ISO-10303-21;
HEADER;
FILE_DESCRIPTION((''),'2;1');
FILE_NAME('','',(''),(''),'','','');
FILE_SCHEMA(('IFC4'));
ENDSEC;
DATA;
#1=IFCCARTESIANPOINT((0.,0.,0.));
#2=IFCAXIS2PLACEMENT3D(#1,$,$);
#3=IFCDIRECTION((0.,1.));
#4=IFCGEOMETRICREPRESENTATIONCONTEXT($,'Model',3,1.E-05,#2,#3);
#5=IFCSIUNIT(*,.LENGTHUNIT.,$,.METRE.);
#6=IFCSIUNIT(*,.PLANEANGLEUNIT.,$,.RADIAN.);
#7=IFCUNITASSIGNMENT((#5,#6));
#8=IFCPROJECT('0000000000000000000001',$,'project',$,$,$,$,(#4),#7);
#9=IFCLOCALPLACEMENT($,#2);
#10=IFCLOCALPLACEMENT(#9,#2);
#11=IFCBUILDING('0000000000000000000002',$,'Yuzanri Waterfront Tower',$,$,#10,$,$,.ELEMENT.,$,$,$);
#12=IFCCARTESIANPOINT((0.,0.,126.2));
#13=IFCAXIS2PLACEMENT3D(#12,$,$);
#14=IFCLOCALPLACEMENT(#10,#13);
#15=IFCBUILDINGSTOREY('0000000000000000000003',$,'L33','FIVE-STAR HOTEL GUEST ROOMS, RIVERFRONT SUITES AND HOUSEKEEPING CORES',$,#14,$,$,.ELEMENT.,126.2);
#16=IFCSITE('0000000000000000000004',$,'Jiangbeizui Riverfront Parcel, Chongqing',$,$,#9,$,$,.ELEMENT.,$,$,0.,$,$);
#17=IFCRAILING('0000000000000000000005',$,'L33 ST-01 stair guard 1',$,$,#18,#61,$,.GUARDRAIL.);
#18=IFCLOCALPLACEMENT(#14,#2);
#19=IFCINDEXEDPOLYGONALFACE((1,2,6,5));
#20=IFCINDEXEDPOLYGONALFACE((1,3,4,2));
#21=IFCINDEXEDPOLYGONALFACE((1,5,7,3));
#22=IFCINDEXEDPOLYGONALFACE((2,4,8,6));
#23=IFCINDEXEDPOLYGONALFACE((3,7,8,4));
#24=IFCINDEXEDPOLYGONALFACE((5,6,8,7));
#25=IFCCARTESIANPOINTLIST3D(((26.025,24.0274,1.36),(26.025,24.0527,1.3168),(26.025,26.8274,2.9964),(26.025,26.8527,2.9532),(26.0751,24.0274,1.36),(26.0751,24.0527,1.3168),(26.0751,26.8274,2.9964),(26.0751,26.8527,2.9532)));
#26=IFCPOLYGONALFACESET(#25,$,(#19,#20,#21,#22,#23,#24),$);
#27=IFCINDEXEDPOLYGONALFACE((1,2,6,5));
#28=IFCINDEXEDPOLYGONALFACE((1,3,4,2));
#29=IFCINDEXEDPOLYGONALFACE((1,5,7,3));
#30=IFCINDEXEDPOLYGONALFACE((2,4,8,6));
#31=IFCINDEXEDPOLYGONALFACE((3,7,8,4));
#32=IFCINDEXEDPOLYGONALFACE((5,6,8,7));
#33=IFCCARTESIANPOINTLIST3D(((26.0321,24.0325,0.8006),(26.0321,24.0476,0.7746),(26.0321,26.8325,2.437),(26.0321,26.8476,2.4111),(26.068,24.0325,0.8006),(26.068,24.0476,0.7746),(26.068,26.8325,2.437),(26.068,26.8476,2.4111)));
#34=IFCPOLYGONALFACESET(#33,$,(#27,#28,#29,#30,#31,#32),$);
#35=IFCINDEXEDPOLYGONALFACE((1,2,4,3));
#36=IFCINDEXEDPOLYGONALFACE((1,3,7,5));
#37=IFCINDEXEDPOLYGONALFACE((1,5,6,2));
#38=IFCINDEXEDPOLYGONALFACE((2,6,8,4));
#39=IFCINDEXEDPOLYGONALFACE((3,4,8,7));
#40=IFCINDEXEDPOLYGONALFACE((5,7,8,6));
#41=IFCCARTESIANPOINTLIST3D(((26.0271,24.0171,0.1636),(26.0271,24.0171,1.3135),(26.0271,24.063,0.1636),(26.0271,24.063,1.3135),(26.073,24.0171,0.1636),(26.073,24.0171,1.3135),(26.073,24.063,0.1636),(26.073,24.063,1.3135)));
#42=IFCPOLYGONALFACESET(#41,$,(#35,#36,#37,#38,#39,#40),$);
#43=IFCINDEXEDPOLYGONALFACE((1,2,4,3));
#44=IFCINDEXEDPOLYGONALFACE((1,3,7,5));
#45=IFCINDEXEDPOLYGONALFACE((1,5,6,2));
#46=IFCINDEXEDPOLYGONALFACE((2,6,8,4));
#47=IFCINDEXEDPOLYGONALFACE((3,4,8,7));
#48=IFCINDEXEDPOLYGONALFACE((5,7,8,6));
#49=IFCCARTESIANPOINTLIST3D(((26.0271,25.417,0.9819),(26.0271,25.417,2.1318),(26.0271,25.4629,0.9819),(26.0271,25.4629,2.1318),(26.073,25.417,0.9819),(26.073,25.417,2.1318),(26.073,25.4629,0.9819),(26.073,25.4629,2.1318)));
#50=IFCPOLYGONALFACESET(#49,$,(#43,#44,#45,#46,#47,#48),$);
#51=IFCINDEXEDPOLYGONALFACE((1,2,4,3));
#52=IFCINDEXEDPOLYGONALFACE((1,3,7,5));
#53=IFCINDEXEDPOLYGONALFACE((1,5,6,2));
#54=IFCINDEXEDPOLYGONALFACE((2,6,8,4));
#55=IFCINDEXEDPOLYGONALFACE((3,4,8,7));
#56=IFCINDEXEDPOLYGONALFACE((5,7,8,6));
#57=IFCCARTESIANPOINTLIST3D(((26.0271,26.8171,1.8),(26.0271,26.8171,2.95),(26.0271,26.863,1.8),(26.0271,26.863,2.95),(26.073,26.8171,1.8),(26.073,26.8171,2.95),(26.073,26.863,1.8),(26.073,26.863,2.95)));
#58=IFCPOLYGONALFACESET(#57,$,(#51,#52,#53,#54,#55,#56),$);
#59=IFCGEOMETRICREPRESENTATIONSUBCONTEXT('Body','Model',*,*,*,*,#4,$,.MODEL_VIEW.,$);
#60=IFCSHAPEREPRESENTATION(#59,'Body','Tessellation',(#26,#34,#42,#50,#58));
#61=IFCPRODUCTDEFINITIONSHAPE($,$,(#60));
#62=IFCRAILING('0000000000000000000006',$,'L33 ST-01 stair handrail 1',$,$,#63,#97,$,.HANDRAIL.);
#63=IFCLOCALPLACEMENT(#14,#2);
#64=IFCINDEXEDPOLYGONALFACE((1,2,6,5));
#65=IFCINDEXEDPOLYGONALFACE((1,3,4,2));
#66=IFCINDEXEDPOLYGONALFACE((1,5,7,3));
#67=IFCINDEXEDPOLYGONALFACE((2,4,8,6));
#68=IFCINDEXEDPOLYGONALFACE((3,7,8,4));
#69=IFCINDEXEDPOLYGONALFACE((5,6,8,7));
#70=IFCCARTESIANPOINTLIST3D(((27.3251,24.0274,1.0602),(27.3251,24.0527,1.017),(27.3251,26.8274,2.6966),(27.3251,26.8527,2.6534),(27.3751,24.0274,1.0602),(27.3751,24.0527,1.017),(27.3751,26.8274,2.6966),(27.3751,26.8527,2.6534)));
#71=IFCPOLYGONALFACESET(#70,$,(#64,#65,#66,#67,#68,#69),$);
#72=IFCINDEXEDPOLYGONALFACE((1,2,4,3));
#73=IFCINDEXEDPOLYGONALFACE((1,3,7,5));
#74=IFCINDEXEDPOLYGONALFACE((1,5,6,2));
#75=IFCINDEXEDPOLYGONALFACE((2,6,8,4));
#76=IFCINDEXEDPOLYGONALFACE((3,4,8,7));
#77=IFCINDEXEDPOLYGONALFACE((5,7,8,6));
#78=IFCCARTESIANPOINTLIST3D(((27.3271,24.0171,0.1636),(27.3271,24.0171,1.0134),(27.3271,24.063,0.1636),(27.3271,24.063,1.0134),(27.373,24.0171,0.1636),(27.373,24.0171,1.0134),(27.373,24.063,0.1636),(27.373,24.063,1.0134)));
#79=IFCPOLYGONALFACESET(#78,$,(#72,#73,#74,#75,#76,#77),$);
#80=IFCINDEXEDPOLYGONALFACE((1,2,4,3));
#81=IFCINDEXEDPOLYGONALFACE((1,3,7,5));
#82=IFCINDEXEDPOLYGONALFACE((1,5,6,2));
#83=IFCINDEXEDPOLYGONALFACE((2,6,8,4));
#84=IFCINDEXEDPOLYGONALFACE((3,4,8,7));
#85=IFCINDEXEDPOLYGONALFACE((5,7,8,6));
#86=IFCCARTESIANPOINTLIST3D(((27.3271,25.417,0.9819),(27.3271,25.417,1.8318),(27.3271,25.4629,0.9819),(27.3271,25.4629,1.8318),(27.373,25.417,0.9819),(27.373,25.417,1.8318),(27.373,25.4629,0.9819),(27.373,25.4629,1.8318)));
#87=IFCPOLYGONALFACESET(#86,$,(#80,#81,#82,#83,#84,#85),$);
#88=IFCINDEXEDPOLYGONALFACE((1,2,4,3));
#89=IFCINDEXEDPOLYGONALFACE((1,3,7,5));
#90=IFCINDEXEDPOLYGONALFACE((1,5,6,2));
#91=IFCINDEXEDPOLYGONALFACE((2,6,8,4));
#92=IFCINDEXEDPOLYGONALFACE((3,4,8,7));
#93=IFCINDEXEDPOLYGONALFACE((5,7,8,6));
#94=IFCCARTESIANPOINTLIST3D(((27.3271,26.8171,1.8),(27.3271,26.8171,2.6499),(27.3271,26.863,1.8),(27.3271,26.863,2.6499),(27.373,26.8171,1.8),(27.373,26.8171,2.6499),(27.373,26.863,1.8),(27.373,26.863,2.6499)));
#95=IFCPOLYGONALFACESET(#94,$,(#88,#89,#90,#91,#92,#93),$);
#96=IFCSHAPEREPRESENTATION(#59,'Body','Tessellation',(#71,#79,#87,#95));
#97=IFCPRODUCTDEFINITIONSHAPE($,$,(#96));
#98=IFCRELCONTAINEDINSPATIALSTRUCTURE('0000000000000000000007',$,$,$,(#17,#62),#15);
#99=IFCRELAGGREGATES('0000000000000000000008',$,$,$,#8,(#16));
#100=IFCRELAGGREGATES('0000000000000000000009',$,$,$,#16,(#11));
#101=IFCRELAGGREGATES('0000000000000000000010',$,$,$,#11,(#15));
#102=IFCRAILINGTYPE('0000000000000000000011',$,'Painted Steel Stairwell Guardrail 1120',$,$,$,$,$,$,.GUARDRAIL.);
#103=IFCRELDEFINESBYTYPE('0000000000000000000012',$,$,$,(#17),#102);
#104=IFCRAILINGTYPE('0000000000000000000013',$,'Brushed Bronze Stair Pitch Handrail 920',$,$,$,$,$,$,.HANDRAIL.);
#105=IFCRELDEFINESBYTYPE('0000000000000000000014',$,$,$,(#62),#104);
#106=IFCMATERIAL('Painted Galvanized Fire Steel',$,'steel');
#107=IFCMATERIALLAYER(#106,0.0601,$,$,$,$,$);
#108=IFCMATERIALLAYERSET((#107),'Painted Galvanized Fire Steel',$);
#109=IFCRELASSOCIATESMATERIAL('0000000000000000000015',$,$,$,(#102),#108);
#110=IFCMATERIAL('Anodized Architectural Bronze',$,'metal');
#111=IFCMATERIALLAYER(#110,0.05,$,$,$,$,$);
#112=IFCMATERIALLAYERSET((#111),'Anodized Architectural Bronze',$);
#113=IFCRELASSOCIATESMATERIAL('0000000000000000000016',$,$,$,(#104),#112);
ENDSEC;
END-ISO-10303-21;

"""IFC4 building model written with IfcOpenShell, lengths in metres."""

from ifc_helpers import new_model, si_unit, direction, frame, origin, origin_2d, place, context, subcontext, project, spatial, rectangle, extrude, source, transform, mapped, material, layer, layer_set, type_object, element, save


model = new_model("IFC4")

# Units and contexts
model_context = context("Model", 3, precision=1e-05, world=origin(), true_north=direction((0.0, 1.0)))
body_context = subcontext(model_context, "Body", "Model", "MODEL_VIEW")
ifc_project = project(units=[si_unit("LENGTHUNIT", "METRE"), si_unit("PLANEANGLEUNIT", "RADIAN")], contexts=[model_context])

# Site, building, storey
site_placement = place(None, origin())
site = spatial("IfcSite", under=ifc_project, at=site_placement, Name="Jiangbeizui Riverfront Parcel, Chongqing", CompositionType="ELEMENT", RefElevation=0.0)
building_placement = place(site_placement, origin())
building = spatial("IfcBuilding", under=site, at=building_placement, Name="Yuzanri Waterfront Tower", CompositionType="ELEMENT")
storey_placement = place(building_placement, frame((0.0, 0.0, 126.2)))
storey = spatial("IfcBuildingStorey", under=building, at=storey_placement, Name="L33", Description="FIVE-STAR HOTEL GUEST ROOMS, RIVERFRONT SUITES AND HOUSEKEEPING CORES", CompositionType="ELEMENT", Elevation=126.2)

# Railings
ifc_material_1 = material(Name="Painted Galvanized Fire Steel", Category="steel")
ifc_layer_1 = layer(ifc_material_1, 0.0601)
ifc_layer_set_1 = layer_set([ifc_layer_1], Name="Painted Galvanized Fire Steel")
railing_type_1 = type_object("IfcRailingType", Name="Painted Steel Stairwell Guardrail 1120", PredefinedType="GUARDRAIL", material=ifc_layer_set_1)
shared_shape_1 = source(origin(), body_context, "Body", "SweptSolid", [
    extrude(rectangle(XDim=0.05, YDim=0.05, at=origin_2d()), frame((0.0, 0.0, 1.1748), z_axis=(0.0, 0.863361, 0.504587), x_axis=(-1.0, 0.0, 0.0)), (0.0, 0.0, 1.0), 3.2432),
    extrude(rectangle(XDim=0.0359, YDim=0.03, at=origin_2d()), frame((0.0, 0.0, 0.624), z_axis=(0.0, 0.863361, 0.504587), x_axis=(-1.0, 0.0, 0.0)), (0.0, 0.0, 1.0), 3.2432),
    extrude(rectangle(XDim=0.0459, YDim=0.0459, at=origin_2d()), origin(), (0.0, 0.0, 1.0), 1.1499),
    extrude(rectangle(XDim=0.0459, YDim=0.0459, at=origin_2d()), frame((0.0, 1.3999, 0.8184)), (0.0, 0.0, 1.0), 1.1499),
    extrude(rectangle(XDim=0.0459, YDim=0.0459, at=origin_2d()), frame((0.0, 2.8, 1.6365)), (0.0, 0.0, 1.0), 1.1499),
])
railing_1_placement = place(storey_placement, frame((26.05, 24.04, 0.1636)))
element("IfcRailing", 1, at=railing_1_placement, inside=storey, type_object=railing_type_1, Name="L33 ST-01 stair guard 1", PredefinedType="GUARDRAIL", context=body_context, shape_type="MappedRepresentation", body=[
    mapped(shared_shape_1, transform((0.0, 0.0, 0.0), scale=1.0)),
])
ifc_material_2 = material(Name="Anodized Architectural Bronze", Category="metal")
ifc_layer_2 = layer(ifc_material_2, 0.05)
ifc_layer_set_2 = layer_set([ifc_layer_2], Name="Anodized Architectural Bronze")
railing_type_2 = type_object("IfcRailingType", Name="Brushed Bronze Stair Pitch Handrail 920", PredefinedType="HANDRAIL", material=ifc_layer_set_2)
shared_shape_2 = source(origin(), body_context, "Body", "SweptSolid", [
    extrude(rectangle(XDim=0.05, YDim=0.05, at=origin_2d()), frame((0.0, 0.0, 0.875), z_axis=(0.0, 0.863361, 0.504587), x_axis=(-1.0, 0.0, 0.0)), (0.0, 0.0, 1.0), 3.2432),
    extrude(rectangle(XDim=0.0459, YDim=0.0459, at=origin_2d()), origin(), (0.0, 0.0, 1.0), 0.8499),
    extrude(rectangle(XDim=0.0459, YDim=0.0459, at=origin_2d()), frame((0.0, 1.3999, 0.8184)), (0.0, 0.0, 1.0), 0.8499),
    extrude(rectangle(XDim=0.0459, YDim=0.0459, at=origin_2d()), frame((0.0, 2.8, 1.6365)), (0.0, 0.0, 1.0), 0.8499),
])
railing_2_placement = place(storey_placement, frame((27.3501, 24.04, 0.1636)))
element("IfcRailing", 2, at=railing_2_placement, inside=storey, type_object=railing_type_2, Name="L33 ST-01 stair handrail 1", PredefinedType="HANDRAIL", context=body_context, shape_type="MappedRepresentation", body=[
    mapped(shared_shape_2, transform((0.0, 0.0, 0.0), scale=1.0)),
])

save(model, "model.ifc")
